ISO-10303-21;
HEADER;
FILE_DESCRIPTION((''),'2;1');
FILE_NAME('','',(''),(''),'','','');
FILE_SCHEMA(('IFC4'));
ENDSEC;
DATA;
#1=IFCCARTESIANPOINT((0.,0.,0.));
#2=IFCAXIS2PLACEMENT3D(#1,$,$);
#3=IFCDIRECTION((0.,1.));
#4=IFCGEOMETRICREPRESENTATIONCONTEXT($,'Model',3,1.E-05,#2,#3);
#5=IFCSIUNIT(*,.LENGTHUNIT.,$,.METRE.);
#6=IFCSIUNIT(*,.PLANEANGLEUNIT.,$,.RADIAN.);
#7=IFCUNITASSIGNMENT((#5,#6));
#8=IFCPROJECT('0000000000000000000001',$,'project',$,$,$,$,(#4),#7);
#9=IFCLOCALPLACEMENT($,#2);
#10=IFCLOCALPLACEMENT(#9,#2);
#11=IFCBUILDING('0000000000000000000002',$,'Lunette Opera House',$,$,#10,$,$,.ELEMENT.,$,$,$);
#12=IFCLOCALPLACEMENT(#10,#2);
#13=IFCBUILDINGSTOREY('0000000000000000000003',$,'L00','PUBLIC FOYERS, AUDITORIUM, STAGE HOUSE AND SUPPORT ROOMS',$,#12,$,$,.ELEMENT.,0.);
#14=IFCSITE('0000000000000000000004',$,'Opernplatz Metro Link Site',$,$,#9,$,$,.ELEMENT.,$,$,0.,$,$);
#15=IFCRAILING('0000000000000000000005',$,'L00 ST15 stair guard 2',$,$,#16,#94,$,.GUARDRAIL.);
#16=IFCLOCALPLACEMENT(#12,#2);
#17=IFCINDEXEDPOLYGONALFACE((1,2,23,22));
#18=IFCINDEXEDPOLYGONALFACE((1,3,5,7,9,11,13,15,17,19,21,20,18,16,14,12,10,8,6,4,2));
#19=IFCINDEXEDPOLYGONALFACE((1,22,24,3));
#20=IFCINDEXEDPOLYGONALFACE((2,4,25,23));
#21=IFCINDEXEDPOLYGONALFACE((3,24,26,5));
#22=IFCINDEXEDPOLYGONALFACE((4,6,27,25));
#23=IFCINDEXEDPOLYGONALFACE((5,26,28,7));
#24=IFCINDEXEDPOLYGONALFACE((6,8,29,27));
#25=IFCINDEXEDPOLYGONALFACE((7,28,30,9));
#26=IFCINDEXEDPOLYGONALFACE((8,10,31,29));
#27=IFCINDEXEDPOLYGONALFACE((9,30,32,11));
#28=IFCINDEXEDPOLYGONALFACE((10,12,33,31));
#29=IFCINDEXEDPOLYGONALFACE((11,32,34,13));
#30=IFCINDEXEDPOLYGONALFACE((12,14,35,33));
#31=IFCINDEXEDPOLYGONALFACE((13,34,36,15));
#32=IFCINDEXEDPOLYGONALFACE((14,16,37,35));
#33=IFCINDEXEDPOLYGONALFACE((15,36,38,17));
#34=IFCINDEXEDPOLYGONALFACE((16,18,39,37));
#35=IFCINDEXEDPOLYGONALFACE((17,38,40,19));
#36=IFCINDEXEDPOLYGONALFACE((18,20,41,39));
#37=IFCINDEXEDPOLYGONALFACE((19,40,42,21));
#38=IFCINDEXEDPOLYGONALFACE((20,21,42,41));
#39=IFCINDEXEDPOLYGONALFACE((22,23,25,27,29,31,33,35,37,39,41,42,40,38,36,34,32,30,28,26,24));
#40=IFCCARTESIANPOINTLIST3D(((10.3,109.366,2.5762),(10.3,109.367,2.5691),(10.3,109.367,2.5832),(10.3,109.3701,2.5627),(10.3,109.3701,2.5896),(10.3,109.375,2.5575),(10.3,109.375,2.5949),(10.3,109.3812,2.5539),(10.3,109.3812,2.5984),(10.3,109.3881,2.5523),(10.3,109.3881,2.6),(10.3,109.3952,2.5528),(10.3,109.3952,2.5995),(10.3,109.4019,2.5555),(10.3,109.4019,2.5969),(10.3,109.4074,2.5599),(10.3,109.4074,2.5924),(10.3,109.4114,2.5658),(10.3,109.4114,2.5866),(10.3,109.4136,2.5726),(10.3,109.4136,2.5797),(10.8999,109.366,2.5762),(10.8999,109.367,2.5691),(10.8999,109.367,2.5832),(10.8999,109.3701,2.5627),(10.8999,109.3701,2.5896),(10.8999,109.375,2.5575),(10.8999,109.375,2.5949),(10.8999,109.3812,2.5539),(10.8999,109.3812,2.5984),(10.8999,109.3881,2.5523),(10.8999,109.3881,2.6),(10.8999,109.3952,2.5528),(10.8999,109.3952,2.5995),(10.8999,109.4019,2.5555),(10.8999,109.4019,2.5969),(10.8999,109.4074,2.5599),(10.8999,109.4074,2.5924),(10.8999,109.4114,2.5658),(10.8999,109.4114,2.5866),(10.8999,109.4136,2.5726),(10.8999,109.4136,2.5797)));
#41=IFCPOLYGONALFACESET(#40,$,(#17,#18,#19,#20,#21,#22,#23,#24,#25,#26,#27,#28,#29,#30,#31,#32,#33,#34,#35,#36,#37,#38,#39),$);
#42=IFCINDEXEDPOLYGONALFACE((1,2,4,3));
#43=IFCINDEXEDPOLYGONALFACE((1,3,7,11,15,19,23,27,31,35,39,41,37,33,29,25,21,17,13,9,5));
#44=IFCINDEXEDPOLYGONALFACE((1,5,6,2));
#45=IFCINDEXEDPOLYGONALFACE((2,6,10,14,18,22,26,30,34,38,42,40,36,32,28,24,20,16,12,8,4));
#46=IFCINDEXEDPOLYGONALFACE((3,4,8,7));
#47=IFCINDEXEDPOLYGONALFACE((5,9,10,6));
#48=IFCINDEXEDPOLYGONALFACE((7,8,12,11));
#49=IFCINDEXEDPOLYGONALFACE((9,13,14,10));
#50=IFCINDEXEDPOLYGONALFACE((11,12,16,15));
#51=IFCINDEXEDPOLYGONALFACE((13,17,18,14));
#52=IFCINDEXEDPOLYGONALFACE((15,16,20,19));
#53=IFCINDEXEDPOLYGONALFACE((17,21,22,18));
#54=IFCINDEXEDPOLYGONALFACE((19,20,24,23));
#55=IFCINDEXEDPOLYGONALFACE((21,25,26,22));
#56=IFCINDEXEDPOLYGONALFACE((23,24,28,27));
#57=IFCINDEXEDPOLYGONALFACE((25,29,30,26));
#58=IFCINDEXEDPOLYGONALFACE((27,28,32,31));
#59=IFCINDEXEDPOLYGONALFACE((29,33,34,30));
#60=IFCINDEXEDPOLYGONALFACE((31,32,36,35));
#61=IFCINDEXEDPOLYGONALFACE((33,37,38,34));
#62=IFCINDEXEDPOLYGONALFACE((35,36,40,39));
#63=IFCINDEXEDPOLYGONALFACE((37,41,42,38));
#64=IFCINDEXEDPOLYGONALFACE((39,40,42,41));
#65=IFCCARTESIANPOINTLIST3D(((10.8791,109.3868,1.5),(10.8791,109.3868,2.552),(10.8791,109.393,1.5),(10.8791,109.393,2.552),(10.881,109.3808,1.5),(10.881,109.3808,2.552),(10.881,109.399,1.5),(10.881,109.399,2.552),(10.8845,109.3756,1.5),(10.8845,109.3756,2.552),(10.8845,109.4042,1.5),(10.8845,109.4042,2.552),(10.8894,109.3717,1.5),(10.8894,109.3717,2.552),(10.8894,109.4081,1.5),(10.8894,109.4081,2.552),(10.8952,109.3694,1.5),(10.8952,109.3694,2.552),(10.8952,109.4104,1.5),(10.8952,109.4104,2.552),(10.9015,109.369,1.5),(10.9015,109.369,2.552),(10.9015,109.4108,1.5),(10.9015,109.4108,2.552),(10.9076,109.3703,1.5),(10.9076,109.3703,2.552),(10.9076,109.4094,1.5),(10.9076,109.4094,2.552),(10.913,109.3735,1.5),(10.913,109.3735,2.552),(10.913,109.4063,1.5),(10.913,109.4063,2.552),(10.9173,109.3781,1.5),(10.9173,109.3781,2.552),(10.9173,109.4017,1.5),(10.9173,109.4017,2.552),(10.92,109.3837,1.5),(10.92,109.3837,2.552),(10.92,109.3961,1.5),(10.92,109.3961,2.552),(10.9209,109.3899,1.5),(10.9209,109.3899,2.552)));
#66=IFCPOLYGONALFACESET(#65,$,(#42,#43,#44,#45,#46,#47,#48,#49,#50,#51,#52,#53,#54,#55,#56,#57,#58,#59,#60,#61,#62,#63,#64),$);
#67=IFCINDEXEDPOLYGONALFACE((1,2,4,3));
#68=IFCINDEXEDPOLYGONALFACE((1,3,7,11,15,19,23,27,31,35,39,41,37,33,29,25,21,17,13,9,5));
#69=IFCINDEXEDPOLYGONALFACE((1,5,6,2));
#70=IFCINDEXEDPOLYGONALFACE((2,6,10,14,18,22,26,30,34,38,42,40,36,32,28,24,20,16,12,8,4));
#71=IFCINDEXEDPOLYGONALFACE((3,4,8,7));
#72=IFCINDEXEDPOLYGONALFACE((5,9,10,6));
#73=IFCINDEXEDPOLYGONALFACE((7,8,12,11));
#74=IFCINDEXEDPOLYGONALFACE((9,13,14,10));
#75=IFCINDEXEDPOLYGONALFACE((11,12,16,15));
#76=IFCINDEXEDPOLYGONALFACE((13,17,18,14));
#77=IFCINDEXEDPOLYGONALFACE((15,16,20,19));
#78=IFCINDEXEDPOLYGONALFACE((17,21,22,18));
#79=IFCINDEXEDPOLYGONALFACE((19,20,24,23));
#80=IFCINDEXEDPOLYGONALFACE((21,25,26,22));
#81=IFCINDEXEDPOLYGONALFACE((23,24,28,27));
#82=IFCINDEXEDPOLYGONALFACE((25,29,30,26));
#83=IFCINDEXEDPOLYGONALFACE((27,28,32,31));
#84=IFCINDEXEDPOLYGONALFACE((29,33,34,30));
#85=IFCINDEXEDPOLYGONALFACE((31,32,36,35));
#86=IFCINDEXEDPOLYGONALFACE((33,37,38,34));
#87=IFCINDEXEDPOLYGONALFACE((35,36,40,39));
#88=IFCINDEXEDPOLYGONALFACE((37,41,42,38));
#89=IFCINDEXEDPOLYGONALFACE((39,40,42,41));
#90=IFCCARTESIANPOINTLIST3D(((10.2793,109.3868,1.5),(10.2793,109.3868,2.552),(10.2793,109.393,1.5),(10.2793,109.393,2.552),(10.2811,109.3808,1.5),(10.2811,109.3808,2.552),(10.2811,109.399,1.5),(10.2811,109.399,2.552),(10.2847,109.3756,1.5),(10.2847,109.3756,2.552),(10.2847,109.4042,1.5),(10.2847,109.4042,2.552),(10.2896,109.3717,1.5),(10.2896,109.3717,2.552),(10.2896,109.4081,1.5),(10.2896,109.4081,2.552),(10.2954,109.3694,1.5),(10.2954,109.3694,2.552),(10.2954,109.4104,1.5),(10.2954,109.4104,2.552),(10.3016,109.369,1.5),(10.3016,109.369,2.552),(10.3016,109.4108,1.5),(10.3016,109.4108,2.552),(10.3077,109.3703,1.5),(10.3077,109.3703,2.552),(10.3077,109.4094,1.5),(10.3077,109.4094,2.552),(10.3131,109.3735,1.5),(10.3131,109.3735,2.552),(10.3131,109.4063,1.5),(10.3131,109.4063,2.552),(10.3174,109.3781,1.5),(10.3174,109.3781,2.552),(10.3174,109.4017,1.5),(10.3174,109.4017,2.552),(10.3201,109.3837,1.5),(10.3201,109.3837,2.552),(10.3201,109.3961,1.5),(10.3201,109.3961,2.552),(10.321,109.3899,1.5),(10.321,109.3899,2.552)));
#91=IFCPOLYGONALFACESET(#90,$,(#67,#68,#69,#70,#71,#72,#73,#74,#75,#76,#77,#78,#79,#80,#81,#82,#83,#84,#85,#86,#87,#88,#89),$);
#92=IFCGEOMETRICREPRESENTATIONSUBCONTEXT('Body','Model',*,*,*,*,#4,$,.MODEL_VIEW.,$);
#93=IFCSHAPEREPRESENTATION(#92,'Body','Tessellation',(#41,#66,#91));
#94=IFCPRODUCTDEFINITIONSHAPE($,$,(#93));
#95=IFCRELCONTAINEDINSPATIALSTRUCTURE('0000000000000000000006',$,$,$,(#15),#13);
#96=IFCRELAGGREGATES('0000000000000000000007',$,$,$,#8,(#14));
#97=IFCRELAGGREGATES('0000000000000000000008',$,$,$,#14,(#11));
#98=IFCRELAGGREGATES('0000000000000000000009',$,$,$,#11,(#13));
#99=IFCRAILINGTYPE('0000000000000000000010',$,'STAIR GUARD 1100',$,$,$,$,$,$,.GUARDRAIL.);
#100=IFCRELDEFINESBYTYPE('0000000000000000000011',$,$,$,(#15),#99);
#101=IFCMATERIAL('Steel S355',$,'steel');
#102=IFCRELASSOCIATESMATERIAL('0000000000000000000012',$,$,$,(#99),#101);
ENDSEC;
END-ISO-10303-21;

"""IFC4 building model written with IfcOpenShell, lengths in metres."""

from ifc_helpers import new_model, si_unit, direction, frame, origin, origin_2d, place, context, subcontext, project, spatial, circle, extrude, material, type_object, element, save


model = new_model("IFC4")

# Units and contexts
model_context = context("Model", 3, precision=1e-05, world=origin(), true_north=direction((0.0, 1.0)))
body_context = subcontext(model_context, "Body", "Model", "MODEL_VIEW")
ifc_project = project(units=[si_unit("LENGTHUNIT", "METRE"), si_unit("PLANEANGLEUNIT", "RADIAN")], contexts=[model_context])

# Site, building, storey
site_placement = place(None, origin())
site = spatial("IfcSite", under=ifc_project, at=site_placement, Name="Opernplatz Metro Link Site", CompositionType="ELEMENT", RefElevation=0.0)
building_placement = place(site_placement, origin())
building = spatial("IfcBuilding", under=site, at=building_placement, Name="Lunette Opera House", CompositionType="ELEMENT")
storey_placement = place(building_placement, origin())
storey = spatial("IfcBuildingStorey", under=building, at=storey_placement, Name="L00", Description="PUBLIC FOYERS, AUDITORIUM, STAGE HOUSE AND SUPPORT ROOMS", CompositionType="ELEMENT", Elevation=0.0)

# Railing
ifc_material_1 = material(Name="Steel S355", Category="steel")
railing_type_1 = type_object("IfcRailingType", Name="STAIR GUARD 1100", PredefinedType="GUARDRAIL", material=ifc_material_1)
railing_1_placement = place(storey_placement, frame((10.8999, 109.3899, 1.5)))
element("IfcRailing", 1, at=railing_1_placement, inside=storey, type_object=railing_type_1, Name="L00 ST15 stair guard 2", PredefinedType="GUARDRAIL", context=body_context, shape_type="SweptSolid", body=[
    extrude(circle(Radius=0.0239, at=origin_2d()), frame((0.0, 0.0, 1.0762), z_axis=(-1.0, 0.0, 0.0), x_axis=(0.0, -1.0, 0.0)), (0.0, 0.0, 1.0), 0.5999),
    extrude(circle(Radius=0.021, at=origin_2d()), origin(), (0.0, 0.0, 1.0), 1.052),
    extrude(circle(Radius=0.021, at=origin_2d()), frame((-0.5999, 0.0, 0.0)), (0.0, 0.0, 1.0), 1.052),
])

save(model, "model.ifc")
